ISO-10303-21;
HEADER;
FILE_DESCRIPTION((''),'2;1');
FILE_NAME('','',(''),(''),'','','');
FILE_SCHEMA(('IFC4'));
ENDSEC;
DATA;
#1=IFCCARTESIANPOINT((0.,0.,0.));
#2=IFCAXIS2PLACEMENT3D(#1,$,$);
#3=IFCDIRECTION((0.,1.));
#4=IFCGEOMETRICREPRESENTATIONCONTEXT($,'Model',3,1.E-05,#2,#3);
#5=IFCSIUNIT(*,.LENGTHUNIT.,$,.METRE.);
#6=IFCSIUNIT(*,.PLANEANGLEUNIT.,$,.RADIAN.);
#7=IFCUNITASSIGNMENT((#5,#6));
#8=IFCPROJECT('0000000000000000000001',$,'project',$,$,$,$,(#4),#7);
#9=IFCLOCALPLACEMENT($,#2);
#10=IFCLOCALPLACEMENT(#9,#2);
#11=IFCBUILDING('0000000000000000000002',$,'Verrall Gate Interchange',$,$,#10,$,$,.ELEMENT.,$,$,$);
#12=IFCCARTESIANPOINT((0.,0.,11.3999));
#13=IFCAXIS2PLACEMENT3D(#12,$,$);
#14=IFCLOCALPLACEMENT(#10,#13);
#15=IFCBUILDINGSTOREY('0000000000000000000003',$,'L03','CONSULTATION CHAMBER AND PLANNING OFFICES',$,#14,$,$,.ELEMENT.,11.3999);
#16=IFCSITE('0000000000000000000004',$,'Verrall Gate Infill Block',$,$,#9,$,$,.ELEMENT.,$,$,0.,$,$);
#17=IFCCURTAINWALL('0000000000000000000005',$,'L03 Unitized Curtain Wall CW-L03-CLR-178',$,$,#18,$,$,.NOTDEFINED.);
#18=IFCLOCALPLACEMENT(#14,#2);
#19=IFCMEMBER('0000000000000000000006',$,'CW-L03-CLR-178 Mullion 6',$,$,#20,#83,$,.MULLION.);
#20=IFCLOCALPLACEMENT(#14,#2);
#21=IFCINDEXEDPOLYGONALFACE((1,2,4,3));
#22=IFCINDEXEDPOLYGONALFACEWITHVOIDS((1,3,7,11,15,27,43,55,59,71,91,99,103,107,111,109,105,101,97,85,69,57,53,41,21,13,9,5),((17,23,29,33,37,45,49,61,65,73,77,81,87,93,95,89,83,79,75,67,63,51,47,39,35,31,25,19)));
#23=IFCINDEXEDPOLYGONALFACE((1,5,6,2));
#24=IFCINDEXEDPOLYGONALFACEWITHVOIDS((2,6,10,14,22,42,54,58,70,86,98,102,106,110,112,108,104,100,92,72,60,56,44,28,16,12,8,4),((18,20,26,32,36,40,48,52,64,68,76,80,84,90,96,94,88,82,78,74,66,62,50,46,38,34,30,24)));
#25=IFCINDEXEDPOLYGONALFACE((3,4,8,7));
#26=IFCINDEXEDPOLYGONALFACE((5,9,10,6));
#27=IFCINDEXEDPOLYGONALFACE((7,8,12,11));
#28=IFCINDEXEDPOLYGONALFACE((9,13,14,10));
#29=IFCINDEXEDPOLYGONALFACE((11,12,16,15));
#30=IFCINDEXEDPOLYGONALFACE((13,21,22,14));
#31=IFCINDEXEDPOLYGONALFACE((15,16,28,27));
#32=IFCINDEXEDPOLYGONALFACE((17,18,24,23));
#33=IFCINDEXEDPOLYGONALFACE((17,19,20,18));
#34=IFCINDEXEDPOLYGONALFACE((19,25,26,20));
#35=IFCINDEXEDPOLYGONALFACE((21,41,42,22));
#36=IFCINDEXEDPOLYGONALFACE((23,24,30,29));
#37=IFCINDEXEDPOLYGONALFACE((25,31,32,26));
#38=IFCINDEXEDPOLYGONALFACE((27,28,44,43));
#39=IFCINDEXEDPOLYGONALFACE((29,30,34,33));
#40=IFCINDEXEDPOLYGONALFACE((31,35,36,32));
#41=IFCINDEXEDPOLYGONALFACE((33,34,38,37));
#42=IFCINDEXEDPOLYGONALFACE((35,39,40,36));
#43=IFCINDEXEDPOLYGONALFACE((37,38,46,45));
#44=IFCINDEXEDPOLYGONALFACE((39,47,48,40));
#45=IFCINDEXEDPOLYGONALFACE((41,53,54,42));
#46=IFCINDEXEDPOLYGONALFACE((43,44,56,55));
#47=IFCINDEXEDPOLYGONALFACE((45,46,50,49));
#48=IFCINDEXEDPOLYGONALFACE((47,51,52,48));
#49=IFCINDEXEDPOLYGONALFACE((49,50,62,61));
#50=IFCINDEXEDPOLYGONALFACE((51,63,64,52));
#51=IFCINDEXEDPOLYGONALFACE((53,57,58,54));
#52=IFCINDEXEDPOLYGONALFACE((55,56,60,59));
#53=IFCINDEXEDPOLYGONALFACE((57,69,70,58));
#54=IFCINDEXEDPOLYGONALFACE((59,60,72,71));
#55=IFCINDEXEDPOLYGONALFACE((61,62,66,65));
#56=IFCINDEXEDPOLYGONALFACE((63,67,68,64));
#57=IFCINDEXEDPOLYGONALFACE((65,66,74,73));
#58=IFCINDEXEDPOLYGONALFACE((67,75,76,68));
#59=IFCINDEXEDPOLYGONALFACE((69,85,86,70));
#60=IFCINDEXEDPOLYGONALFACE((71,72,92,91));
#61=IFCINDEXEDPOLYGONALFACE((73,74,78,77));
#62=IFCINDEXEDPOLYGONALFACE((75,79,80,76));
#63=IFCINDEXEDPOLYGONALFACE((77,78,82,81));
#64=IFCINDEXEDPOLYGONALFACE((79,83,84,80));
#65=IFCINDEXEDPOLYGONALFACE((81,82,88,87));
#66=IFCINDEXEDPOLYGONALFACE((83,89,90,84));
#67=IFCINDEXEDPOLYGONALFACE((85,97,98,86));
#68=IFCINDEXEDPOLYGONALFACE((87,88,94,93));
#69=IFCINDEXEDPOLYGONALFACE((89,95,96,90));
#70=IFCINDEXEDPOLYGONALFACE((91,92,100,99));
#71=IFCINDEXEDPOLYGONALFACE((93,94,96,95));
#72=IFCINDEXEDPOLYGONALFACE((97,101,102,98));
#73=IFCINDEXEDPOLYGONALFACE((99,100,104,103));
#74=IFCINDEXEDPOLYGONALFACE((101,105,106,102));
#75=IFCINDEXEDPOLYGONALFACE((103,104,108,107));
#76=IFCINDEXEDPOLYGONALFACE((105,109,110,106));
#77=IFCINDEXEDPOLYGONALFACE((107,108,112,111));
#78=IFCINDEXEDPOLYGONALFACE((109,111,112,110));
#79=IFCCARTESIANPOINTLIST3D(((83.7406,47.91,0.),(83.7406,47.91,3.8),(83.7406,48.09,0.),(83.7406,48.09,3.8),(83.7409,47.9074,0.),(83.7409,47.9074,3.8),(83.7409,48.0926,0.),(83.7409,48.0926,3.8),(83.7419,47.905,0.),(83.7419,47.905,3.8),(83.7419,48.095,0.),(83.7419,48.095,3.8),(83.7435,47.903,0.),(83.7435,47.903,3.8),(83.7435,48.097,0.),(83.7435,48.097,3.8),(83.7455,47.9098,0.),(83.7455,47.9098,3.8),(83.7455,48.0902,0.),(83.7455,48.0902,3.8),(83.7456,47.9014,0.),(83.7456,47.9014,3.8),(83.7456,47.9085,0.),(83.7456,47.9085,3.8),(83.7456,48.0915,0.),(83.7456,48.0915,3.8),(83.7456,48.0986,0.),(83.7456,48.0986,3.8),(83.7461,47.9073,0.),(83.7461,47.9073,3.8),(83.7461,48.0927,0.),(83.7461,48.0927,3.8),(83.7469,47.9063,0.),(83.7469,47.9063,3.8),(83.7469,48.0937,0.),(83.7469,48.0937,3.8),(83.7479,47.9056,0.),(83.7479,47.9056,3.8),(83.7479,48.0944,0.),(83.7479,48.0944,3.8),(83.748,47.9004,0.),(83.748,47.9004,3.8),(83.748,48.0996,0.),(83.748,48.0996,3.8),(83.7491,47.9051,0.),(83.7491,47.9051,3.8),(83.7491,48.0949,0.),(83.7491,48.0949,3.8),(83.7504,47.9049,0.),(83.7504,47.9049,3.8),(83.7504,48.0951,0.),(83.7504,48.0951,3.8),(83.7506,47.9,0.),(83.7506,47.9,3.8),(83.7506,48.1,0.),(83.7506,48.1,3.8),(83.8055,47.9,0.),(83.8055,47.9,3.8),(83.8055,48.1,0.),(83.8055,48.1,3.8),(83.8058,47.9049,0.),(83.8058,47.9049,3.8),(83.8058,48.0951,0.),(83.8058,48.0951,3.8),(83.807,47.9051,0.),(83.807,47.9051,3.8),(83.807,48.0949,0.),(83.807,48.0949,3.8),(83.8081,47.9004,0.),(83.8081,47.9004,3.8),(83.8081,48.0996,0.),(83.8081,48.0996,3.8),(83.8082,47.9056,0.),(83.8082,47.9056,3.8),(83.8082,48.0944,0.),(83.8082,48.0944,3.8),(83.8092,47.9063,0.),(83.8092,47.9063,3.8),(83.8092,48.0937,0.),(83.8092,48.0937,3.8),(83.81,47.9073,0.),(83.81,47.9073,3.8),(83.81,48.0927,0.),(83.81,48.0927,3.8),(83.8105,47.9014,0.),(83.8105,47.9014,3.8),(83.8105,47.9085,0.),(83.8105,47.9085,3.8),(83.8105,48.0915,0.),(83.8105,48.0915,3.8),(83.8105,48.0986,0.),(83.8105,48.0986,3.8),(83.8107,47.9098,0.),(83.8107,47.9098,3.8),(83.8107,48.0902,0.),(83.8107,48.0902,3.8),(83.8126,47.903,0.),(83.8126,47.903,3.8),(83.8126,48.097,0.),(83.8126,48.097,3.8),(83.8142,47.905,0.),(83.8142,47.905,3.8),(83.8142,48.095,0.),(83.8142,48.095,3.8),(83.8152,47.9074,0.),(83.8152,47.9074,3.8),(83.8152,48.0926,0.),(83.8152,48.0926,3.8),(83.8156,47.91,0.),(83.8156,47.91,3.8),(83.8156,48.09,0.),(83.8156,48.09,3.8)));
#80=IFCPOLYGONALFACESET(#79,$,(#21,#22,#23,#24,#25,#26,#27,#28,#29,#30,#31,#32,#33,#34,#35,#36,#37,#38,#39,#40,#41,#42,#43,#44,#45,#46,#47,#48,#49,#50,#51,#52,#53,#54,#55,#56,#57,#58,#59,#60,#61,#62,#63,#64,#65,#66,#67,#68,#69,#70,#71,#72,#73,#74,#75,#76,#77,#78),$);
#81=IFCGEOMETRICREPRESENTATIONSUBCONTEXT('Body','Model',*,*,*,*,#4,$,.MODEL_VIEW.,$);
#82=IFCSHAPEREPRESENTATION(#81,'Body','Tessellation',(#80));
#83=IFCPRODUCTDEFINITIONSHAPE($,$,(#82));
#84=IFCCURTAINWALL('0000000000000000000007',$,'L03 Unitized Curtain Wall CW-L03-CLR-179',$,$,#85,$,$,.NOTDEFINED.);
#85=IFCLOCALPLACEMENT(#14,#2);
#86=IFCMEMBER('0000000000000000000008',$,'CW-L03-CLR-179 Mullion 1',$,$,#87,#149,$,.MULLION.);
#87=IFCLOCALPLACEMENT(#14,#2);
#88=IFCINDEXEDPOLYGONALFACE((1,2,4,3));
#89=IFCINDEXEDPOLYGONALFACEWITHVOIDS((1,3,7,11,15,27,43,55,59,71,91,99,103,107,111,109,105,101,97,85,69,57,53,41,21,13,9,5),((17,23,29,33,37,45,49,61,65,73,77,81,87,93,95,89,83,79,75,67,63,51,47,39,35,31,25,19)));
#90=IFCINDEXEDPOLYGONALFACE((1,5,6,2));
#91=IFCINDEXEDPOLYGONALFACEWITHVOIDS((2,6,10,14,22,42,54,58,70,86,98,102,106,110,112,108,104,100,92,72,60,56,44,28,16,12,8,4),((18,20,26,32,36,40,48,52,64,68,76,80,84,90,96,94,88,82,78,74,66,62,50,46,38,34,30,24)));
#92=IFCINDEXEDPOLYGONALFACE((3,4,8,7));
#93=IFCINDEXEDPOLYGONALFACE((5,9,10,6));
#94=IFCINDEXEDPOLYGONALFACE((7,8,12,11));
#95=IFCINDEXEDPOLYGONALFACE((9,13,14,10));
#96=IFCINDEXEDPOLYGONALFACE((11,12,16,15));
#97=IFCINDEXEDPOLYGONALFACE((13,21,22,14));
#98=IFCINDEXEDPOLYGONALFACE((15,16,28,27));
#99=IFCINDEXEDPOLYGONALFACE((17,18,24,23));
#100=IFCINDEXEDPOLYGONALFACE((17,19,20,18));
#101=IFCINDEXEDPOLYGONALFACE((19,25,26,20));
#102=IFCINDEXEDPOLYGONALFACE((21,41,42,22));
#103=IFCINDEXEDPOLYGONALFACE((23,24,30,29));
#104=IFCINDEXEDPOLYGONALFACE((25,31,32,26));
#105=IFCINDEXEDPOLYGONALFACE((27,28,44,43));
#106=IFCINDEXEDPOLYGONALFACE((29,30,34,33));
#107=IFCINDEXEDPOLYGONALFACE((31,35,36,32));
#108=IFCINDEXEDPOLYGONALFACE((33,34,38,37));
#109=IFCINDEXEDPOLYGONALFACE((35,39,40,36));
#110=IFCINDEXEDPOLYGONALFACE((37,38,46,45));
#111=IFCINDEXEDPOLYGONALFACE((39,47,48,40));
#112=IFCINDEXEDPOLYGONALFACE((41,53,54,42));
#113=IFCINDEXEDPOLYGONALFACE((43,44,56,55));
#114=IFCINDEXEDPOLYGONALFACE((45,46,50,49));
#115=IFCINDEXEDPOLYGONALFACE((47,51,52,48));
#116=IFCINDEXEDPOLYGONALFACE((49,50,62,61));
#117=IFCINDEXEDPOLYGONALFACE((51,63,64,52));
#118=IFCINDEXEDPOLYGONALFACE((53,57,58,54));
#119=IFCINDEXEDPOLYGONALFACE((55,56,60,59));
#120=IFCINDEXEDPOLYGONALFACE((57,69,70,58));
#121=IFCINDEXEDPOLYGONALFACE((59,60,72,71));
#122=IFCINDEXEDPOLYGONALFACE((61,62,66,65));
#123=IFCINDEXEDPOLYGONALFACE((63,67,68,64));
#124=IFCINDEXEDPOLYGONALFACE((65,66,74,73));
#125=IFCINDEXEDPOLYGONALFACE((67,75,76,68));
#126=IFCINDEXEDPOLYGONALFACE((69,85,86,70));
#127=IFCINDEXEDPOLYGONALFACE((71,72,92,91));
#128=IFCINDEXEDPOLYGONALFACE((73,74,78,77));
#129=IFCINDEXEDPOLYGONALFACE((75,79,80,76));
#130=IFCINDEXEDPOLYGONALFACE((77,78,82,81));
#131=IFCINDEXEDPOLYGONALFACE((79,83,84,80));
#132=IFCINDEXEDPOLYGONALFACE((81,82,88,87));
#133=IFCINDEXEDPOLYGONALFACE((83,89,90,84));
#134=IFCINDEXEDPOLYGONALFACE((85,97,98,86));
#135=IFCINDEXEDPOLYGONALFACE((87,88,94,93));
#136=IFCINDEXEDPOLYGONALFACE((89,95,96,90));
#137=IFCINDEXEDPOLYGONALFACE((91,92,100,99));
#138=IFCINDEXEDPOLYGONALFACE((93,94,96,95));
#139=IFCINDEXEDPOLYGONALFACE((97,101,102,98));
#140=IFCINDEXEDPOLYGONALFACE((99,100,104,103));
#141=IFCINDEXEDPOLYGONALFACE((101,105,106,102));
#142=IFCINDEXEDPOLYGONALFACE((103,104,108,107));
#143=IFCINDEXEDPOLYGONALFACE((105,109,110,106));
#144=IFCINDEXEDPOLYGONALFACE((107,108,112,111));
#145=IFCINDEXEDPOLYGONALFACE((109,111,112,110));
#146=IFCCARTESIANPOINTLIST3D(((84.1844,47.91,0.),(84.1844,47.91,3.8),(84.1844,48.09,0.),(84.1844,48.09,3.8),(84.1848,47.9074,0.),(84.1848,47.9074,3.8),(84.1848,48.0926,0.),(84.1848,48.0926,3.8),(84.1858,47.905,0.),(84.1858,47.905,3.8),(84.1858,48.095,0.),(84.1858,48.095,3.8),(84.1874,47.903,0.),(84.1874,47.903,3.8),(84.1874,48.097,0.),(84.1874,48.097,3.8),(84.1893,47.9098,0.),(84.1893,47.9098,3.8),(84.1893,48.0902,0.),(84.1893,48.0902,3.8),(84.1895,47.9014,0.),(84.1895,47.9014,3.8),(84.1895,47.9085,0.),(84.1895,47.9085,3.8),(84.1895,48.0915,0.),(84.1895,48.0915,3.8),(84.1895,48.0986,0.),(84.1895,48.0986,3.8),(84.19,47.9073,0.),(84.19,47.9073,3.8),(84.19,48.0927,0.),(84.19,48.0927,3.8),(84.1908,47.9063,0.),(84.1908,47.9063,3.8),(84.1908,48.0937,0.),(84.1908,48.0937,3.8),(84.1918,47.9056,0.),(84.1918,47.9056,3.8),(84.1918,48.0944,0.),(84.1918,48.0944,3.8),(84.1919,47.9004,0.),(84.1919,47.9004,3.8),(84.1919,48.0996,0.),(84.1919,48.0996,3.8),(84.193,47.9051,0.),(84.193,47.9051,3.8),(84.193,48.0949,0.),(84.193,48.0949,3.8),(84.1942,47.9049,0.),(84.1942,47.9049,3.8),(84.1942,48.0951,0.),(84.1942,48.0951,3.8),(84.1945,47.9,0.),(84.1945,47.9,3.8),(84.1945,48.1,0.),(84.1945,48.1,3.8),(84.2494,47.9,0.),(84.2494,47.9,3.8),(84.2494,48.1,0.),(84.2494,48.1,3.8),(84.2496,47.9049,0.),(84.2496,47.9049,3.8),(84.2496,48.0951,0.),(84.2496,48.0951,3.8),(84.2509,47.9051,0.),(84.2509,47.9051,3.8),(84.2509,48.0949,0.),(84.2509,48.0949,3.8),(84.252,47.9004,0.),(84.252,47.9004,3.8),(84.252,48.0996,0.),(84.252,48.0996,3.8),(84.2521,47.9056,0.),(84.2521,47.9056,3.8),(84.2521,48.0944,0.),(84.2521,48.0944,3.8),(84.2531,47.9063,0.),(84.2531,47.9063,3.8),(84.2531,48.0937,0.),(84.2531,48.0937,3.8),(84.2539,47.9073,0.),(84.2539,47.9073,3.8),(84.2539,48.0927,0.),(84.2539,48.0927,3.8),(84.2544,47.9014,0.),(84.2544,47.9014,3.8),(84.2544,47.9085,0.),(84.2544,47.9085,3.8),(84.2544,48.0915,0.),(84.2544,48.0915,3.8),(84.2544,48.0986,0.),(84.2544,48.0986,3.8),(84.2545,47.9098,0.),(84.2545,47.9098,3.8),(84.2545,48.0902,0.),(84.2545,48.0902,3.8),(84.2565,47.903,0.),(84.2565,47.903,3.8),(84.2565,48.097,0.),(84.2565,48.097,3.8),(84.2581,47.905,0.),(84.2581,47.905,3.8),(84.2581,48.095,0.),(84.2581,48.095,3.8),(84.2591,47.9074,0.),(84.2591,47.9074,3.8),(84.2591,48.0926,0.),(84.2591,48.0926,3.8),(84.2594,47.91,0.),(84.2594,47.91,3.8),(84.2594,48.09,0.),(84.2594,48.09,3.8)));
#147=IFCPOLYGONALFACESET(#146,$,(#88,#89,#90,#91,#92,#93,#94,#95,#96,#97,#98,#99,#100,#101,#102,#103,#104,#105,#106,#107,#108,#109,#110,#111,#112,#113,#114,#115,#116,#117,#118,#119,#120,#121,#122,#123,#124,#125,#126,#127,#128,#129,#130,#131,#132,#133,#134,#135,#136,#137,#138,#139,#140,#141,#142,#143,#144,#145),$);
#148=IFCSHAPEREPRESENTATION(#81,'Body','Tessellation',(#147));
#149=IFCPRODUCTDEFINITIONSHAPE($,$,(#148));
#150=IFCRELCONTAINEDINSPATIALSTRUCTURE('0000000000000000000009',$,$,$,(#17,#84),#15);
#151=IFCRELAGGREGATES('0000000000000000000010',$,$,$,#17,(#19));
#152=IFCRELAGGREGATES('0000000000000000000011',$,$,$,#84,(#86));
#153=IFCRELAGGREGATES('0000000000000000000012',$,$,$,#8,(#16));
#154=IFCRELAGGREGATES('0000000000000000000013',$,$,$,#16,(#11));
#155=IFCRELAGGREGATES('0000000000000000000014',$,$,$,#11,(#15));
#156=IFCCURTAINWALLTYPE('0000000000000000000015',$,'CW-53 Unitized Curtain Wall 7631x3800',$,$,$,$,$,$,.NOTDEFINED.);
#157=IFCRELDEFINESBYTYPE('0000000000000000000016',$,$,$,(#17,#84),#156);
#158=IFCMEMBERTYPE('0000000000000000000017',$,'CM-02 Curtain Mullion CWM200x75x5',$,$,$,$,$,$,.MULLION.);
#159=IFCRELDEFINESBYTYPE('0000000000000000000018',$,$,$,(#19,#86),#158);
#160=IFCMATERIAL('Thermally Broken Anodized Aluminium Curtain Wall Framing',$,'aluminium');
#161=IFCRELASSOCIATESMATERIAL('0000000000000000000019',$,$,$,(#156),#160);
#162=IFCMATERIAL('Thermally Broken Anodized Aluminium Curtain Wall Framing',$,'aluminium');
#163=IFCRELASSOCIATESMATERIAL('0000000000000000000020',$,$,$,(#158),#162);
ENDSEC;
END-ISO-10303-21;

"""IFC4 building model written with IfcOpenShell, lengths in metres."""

from ifc_helpers import new_model, si_unit, direction, frame, origin, origin_2d, place, context, subcontext, project, spatial, hollow_rectangle, extrude, material, material_profile, profile_set, type_object, element, aggregate, save


model = new_model("IFC4")

# Units and contexts
model_context = context("Model", 3, precision=1e-05, world=origin(), true_north=direction((0.0, 1.0)))
body_context = subcontext(model_context, "Body", "Model", "MODEL_VIEW")
ifc_project = project(units=[si_unit("LENGTHUNIT", "METRE"), si_unit("PLANEANGLEUNIT", "RADIAN")], contexts=[model_context])

# Site, building, storey
site_placement = place(None, origin())
site = spatial("IfcSite", under=ifc_project, at=site_placement, Name="Verrall Gate Infill Block", CompositionType="ELEMENT", RefElevation=0.0)
building_placement = place(site_placement, origin())
building = spatial("IfcBuilding", under=site, at=building_placement, Name="Verrall Gate Interchange", CompositionType="ELEMENT")
storey_placement = place(building_placement, frame((0.0, 0.0, 11.3999)))
storey = spatial("IfcBuildingStorey", under=building, at=storey_placement, Name="L03", Description="CONSULTATION CHAMBER AND PLANNING OFFICES", CompositionType="ELEMENT", Elevation=11.3999)

# Curtain walls, members
ifc_material_1 = material(Name="Thermally Broken Anodized Aluminium Curtain Wall Framing", Category="aluminium")
curtain_wall_type = type_object("IfcCurtainWallType", Name="CW-53 Unitized Curtain Wall 7631x3800", PredefinedType="NOTDEFINED", material=ifc_material_1)
curtain_wall_1_placement = place(storey_placement, origin())
curtain_wall_1 = element("IfcCurtainWall", 1, at=curtain_wall_1_placement, inside=storey, type_object=curtain_wall_type, Name="L03 Unitized Curtain Wall CW-L03-CLR-178", PredefinedType="NOTDEFINED")
ifc_material_2 = material(Name="Thermally Broken Anodized Aluminium Curtain Wall Framing", Category="aluminium")
ifc_material_profile_1 = material_profile(ifc_material_2, hollow_rectangle(XDim=0.075, YDim=0.2, WallThickness=0.0049, InnerFilletRadius=0.0049, OuterFilletRadius=0.01, at=origin_2d()), Name="CWM200x75x5")
ifc_profile_set_1 = profile_set([ifc_material_profile_1], Name="Thermally Broken Anodized Aluminium Curtain Wall Framing")
member_type_1 = type_object("IfcMemberType", Name="CM-02 Curtain Mullion CWM200x75x5", PredefinedType="MULLION", material=ifc_profile_set_1)
member_1_placement = place(storey_placement, frame((83.7781, 48.0, 0.0), z_axis=(0.0, 0.0, 1.0), x_axis=(1.0, 0.0, 0.0)))
member_1 = element("IfcMember", 2, at=member_1_placement, type_object=member_type_1, Name="CW-L03-CLR-178 Mullion 6", PredefinedType="MULLION", context=body_context, shape_type="SweptSolid", body=[
    extrude(hollow_rectangle(XDim=0.075, YDim=0.2, WallThickness=0.0049, InnerFilletRadius=0.0049, OuterFilletRadius=0.01, at=origin_2d()), origin(), (0.0, 0.0, 1.0), 3.8),
])
curtain_wall_2_placement = place(storey_placement, origin())
curtain_wall_2 = element("IfcCurtainWall", 3, at=curtain_wall_2_placement, inside=storey, type_object=curtain_wall_type, Name="L03 Unitized Curtain Wall CW-L03-CLR-179", PredefinedType="NOTDEFINED")
member_2_placement = place(storey_placement, frame((84.2219, 48.0, 0.0), z_axis=(0.0, 0.0, 1.0), x_axis=(1.0, 0.0, 0.0)))
member_2 = element("IfcMember", 4, at=member_2_placement, type_object=member_type_1, Name="CW-L03-CLR-179 Mullion 1", PredefinedType="MULLION", context=body_context, shape_type="SweptSolid", body=[
    extrude(hollow_rectangle(XDim=0.075, YDim=0.2, WallThickness=0.0049, InnerFilletRadius=0.0049, OuterFilletRadius=0.01, at=origin_2d()), origin(), (0.0, 0.0, 1.0), 3.8),
])

aggregate(curtain_wall_1, [member_1])
aggregate(curtain_wall_2, [member_2])

save(model, "model.ifc")
